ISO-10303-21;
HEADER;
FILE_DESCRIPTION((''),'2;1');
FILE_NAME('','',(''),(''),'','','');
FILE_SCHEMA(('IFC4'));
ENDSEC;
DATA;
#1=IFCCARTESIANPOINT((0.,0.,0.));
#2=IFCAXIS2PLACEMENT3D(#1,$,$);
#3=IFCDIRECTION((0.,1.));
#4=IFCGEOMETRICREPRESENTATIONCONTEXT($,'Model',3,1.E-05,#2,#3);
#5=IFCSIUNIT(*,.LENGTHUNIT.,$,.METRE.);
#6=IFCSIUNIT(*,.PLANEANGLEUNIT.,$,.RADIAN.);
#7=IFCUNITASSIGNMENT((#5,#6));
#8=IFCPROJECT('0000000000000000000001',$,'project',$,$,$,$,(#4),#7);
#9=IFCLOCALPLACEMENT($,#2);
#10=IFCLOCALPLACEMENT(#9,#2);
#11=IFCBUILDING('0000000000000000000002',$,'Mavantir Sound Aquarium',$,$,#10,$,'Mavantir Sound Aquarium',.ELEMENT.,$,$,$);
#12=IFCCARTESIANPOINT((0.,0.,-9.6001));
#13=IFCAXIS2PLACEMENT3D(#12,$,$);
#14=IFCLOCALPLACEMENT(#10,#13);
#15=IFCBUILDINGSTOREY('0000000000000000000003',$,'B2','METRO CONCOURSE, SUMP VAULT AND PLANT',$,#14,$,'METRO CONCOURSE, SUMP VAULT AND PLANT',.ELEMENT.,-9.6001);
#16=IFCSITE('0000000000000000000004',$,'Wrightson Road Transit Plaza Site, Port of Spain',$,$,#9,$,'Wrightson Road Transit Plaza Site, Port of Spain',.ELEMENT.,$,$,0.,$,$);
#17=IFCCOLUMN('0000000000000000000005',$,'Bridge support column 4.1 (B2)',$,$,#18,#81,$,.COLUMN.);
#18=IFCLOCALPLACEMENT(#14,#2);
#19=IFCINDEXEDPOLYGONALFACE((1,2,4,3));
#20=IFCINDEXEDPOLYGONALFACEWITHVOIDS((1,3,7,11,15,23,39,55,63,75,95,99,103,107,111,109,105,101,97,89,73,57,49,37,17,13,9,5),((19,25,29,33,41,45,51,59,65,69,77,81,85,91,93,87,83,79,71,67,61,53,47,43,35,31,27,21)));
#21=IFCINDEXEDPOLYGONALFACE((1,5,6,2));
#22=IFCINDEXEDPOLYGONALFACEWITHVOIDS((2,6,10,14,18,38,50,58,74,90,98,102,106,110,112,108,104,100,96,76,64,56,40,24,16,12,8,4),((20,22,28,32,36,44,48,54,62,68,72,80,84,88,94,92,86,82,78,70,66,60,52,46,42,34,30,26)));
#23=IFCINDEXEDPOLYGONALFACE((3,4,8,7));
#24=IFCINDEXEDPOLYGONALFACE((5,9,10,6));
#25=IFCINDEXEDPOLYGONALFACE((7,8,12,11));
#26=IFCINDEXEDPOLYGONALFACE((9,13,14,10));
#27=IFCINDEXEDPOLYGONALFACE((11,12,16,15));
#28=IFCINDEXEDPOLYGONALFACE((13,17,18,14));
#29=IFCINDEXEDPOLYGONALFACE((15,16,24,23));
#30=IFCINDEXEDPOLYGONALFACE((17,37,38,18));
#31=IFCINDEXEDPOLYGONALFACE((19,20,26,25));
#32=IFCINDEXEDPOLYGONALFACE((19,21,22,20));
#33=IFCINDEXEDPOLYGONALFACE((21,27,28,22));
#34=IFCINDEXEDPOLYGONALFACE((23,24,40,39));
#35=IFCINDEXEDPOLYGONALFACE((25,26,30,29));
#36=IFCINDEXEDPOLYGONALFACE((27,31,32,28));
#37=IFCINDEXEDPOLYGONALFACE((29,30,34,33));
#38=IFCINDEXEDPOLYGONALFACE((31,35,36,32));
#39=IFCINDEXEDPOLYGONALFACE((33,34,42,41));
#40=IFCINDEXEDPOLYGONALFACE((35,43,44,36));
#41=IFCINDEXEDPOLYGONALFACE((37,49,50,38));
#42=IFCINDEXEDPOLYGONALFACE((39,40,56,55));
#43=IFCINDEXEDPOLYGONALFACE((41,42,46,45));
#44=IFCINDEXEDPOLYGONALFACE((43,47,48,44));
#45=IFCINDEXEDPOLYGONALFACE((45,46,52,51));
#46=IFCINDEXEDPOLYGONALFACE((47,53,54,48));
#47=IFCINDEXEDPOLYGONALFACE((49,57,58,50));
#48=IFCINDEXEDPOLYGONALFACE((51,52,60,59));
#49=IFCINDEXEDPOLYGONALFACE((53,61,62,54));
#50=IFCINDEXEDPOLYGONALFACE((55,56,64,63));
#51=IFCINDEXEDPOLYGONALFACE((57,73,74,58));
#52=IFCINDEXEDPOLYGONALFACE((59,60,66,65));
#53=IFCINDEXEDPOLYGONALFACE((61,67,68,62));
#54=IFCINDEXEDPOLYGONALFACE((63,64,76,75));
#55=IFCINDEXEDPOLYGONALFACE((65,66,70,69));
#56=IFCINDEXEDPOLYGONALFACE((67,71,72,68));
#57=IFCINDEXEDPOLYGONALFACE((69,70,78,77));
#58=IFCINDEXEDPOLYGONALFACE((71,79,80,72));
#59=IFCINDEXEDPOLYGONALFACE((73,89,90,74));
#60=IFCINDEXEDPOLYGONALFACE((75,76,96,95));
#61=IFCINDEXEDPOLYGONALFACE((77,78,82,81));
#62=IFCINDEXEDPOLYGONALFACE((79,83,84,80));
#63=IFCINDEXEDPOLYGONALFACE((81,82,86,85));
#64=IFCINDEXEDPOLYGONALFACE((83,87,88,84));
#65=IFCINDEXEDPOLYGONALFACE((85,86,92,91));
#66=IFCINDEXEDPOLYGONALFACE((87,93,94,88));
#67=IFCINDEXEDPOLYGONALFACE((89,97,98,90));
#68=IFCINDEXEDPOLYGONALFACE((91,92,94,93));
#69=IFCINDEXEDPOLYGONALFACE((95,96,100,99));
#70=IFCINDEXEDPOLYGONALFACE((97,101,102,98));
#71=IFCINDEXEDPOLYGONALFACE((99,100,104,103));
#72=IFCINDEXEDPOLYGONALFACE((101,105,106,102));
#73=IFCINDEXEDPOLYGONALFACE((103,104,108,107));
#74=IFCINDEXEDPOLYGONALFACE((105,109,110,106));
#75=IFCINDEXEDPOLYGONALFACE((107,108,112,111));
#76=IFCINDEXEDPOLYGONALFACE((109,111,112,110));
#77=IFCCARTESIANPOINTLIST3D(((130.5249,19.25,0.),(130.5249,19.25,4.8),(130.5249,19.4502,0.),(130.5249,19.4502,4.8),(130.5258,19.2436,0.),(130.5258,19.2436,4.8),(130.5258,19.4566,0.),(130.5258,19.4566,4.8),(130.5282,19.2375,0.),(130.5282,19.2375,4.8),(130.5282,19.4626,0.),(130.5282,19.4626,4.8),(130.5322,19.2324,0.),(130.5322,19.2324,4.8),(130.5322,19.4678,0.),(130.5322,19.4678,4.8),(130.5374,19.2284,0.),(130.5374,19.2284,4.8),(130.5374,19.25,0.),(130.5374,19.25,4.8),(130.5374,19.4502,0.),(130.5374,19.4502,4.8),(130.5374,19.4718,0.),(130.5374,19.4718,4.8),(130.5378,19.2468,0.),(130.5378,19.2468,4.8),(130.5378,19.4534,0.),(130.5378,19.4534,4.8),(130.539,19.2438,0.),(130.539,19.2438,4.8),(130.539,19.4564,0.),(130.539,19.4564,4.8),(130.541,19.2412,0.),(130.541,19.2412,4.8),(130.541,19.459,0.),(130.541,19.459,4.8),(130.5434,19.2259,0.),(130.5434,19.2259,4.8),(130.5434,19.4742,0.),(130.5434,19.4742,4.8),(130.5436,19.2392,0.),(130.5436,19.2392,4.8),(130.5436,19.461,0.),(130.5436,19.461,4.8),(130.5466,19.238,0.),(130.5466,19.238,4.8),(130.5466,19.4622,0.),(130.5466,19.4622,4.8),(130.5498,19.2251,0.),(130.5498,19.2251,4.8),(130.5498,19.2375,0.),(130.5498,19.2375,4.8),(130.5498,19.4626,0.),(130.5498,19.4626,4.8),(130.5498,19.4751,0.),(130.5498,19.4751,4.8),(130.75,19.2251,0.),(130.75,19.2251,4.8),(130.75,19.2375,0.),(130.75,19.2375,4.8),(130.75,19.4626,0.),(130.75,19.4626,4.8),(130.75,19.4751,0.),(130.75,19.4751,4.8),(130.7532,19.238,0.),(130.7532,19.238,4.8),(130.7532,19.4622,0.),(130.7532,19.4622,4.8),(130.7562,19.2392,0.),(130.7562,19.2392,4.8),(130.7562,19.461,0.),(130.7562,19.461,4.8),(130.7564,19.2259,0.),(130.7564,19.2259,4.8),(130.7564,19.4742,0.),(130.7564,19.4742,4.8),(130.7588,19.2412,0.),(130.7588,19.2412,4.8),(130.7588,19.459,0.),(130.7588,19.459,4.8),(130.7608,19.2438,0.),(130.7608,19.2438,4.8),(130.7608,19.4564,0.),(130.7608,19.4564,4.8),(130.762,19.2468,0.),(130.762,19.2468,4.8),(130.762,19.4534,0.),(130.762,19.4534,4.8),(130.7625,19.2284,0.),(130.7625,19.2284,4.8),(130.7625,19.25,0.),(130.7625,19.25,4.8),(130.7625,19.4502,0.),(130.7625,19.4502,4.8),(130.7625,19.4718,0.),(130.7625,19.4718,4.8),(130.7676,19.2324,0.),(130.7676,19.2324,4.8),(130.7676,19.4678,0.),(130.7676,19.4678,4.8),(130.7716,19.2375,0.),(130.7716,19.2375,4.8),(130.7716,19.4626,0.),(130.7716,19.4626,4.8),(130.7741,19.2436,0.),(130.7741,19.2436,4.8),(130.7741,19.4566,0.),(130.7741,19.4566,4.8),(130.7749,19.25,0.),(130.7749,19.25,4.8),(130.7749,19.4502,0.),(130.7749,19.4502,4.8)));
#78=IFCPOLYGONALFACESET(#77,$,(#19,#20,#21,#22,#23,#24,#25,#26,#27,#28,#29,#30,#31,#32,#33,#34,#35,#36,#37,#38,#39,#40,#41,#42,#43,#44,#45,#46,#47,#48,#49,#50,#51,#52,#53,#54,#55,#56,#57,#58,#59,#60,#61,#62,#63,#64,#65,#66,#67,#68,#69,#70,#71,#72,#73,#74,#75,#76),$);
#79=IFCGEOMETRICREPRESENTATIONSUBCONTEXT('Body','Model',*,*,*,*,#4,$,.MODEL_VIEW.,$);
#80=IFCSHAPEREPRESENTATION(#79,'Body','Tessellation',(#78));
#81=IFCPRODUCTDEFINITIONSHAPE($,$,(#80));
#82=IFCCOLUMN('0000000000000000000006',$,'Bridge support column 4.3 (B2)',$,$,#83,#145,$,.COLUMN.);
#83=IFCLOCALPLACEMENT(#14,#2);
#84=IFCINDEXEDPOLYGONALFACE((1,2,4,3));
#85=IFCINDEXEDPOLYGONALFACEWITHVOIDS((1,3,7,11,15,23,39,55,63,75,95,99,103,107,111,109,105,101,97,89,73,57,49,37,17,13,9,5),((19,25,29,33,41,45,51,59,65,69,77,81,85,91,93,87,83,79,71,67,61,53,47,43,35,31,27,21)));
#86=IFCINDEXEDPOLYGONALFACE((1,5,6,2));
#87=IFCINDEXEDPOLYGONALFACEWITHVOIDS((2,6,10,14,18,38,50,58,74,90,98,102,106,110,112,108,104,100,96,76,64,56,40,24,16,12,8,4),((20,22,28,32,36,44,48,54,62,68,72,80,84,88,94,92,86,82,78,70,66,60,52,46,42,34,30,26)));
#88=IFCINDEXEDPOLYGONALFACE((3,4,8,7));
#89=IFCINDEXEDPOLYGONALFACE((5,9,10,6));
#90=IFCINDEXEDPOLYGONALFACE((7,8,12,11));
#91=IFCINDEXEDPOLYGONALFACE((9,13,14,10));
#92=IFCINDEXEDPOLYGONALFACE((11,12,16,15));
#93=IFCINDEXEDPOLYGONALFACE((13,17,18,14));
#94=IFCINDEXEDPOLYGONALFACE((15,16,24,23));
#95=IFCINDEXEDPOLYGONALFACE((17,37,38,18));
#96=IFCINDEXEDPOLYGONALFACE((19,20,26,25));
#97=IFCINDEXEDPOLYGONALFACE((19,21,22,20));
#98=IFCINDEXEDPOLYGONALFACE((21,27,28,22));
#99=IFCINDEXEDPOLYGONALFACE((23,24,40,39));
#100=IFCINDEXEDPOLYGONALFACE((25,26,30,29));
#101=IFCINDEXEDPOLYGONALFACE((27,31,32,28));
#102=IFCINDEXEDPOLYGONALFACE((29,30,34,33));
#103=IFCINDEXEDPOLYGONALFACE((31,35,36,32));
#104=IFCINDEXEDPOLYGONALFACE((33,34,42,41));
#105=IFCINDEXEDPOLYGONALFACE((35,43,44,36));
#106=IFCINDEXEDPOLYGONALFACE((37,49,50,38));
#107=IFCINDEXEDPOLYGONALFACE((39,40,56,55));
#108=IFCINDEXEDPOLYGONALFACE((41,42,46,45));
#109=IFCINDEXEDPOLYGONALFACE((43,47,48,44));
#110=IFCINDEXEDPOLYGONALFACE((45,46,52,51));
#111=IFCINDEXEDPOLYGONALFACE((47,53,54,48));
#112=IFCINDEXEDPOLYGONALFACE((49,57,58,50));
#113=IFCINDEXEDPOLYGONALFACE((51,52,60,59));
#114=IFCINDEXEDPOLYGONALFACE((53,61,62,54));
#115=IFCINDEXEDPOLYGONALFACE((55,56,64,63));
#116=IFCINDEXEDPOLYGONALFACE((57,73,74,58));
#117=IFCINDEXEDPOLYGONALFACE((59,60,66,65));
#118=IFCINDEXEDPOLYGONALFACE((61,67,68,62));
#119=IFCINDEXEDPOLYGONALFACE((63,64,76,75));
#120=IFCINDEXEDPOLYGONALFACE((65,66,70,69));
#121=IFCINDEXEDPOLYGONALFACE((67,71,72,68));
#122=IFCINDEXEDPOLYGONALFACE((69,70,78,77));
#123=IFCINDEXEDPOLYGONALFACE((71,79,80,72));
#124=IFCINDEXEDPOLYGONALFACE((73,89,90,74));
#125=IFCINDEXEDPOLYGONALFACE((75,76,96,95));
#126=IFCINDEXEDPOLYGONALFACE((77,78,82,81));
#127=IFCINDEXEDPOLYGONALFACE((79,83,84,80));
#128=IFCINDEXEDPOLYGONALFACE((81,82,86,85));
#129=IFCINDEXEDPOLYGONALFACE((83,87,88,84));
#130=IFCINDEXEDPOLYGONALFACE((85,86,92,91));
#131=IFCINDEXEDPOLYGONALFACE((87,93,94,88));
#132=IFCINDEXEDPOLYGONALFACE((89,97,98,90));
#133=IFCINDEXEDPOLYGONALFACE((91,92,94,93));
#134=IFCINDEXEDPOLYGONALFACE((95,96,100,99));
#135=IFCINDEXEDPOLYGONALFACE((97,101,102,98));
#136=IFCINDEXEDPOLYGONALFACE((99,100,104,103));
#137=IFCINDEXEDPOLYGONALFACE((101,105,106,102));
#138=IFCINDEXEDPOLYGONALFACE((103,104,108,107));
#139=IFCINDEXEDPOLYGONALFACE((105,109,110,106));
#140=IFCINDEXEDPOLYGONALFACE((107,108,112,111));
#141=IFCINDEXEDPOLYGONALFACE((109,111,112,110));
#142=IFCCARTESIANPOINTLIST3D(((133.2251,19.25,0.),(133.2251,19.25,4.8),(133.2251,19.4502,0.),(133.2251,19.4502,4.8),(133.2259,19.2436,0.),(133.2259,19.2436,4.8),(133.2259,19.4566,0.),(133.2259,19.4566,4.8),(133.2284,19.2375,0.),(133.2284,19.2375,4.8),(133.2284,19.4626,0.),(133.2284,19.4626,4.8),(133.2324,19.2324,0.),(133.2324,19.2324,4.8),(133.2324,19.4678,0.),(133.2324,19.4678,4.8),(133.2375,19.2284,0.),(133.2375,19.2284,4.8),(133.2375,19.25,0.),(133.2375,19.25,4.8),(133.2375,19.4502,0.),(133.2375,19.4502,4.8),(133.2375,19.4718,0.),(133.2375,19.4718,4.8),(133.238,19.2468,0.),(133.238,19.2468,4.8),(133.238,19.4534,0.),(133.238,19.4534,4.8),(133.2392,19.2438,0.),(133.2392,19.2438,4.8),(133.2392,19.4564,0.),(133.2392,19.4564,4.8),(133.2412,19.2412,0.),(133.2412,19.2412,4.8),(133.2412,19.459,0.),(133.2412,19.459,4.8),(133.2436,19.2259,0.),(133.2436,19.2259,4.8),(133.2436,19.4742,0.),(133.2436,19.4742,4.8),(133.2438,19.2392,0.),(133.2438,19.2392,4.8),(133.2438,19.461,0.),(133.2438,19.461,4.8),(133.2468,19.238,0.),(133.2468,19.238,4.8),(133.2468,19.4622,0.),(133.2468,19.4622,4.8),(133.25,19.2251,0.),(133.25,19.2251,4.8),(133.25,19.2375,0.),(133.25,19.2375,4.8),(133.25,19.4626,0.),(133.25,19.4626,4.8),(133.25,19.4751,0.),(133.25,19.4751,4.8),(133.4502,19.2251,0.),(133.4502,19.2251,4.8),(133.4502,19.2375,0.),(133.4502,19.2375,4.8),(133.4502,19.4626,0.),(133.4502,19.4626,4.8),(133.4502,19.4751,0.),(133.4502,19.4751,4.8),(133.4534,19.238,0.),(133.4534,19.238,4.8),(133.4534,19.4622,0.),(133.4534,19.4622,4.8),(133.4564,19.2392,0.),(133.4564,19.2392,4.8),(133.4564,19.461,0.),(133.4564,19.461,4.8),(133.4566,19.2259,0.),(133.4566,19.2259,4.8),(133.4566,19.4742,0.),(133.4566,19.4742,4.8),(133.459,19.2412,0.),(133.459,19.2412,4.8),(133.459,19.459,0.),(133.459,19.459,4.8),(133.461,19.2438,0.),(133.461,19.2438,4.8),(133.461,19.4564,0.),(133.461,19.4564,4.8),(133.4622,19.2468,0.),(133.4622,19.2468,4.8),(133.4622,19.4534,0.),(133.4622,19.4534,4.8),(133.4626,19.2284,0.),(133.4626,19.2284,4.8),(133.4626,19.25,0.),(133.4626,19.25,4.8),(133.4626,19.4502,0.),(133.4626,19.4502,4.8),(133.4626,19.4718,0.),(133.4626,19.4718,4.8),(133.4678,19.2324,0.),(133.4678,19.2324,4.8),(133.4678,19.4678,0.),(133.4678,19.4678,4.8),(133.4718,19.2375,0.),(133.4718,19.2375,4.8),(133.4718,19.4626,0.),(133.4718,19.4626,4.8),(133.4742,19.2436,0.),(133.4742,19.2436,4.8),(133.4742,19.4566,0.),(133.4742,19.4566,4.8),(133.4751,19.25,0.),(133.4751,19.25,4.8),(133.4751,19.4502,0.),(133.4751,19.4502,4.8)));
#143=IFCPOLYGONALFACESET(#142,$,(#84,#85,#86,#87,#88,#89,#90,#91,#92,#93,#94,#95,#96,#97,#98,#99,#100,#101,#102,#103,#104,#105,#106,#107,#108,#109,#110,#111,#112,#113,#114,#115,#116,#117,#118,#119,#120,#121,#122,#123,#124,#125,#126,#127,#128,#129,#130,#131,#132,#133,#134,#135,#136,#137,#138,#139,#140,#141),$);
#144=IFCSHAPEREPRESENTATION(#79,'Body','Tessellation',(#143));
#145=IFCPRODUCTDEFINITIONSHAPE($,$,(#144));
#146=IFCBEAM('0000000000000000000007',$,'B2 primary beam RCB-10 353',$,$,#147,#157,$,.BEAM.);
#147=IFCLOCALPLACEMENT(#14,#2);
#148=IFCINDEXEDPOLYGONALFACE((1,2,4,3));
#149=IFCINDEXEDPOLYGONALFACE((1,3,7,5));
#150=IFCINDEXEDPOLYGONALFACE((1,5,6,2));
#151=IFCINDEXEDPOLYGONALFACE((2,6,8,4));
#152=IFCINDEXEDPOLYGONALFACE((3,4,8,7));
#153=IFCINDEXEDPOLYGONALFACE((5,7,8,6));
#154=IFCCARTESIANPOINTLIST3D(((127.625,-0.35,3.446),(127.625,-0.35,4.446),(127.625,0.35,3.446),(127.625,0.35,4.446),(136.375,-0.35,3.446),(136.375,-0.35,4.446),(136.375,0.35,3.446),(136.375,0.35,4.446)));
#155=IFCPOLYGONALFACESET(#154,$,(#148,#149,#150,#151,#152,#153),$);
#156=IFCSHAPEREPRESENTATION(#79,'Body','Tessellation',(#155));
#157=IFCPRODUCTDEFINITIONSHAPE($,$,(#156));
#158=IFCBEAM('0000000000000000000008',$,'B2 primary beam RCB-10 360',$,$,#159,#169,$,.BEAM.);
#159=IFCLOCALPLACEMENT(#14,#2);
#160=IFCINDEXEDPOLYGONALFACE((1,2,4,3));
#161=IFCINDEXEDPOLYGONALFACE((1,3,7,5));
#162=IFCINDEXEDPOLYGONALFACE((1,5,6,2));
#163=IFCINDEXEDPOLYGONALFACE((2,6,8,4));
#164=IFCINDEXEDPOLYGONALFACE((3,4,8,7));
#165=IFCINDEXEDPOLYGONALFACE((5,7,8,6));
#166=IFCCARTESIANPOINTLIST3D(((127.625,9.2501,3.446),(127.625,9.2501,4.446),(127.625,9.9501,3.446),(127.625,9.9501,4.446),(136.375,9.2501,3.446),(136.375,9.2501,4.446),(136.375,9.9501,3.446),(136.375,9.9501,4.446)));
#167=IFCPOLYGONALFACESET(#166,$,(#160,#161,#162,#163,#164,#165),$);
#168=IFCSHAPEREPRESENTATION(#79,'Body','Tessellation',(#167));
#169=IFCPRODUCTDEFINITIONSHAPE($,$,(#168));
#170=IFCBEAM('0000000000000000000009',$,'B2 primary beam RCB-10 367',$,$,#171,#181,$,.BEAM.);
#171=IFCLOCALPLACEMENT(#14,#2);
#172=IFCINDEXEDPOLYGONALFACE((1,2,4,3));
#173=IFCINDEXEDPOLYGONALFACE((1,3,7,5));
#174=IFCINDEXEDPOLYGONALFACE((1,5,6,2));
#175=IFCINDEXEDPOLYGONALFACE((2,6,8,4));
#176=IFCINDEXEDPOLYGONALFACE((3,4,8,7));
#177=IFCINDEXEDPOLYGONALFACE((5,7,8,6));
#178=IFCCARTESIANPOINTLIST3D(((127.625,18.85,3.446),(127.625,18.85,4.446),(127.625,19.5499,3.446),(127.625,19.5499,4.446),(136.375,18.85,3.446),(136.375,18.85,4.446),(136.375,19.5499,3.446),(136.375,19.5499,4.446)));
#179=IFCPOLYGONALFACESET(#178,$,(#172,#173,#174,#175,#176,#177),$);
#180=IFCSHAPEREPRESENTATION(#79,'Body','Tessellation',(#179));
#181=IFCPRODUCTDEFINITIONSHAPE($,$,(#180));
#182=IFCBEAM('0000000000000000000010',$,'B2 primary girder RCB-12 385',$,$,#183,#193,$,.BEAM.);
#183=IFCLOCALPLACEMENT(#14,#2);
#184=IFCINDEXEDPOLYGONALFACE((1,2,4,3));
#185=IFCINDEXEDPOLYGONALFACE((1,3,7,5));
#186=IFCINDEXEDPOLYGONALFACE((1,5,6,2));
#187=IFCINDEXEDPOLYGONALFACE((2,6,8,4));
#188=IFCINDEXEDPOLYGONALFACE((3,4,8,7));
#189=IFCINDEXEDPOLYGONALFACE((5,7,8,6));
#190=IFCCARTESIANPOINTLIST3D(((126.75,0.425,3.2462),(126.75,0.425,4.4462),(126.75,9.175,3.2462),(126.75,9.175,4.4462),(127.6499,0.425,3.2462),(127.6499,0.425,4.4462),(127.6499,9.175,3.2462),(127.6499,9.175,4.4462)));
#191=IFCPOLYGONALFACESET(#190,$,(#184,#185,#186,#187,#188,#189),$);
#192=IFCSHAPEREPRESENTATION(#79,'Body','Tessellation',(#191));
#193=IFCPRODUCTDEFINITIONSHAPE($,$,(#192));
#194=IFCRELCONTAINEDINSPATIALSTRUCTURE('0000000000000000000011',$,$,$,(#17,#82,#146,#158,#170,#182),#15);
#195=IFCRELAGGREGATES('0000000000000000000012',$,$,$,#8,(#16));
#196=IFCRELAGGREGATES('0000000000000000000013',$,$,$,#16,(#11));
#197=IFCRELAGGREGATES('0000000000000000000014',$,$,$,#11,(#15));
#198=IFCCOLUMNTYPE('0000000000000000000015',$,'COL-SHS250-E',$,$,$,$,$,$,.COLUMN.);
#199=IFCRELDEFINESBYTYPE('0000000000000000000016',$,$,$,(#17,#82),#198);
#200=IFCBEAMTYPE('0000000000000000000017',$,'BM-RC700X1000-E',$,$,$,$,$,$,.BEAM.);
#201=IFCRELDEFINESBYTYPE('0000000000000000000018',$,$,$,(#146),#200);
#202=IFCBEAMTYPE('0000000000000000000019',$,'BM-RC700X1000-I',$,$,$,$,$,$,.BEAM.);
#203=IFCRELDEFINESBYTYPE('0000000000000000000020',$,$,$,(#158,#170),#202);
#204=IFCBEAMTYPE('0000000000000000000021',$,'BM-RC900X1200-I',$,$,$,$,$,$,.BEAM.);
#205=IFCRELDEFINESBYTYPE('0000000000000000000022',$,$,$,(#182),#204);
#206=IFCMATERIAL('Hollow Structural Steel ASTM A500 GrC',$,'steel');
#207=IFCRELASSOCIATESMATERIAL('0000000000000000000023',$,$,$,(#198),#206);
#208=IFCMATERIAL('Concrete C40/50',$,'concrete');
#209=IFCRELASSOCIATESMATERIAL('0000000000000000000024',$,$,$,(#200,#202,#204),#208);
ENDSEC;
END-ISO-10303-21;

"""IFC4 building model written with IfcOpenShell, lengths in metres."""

from ifc_helpers import new_model, si_unit, direction, frame, origin, origin_2d, place, context, subcontext, project, spatial, rectangle, hollow_rectangle, extrude, material, material_profile, profile_set, type_object, element, save


model = new_model("IFC4")

# Units and contexts
model_context = context("Model", 3, precision=1e-05, world=origin(), true_north=direction((0.0, 1.0)))
body_context = subcontext(model_context, "Body", "Model", "MODEL_VIEW")
ifc_project = project(units=[si_unit("LENGTHUNIT", "METRE"), si_unit("PLANEANGLEUNIT", "RADIAN")], contexts=[model_context])

# Site, building, storey
site_placement = place(None, origin())
site = spatial("IfcSite", under=ifc_project, at=site_placement, Name="Wrightson Road Transit Plaza Site, Port of Spain", LongName="Wrightson Road Transit Plaza Site, Port of Spain", CompositionType="ELEMENT", RefElevation=0.0)
building_placement = place(site_placement, origin())
building = spatial("IfcBuilding", under=site, at=building_placement, Name="Mavantir Sound Aquarium", LongName="Mavantir Sound Aquarium", CompositionType="ELEMENT")
storey_placement = place(building_placement, frame((0.0, 0.0, -9.6001)))
storey = spatial("IfcBuildingStorey", under=building, at=storey_placement, Name="B2", Description="METRO CONCOURSE, SUMP VAULT AND PLANT", LongName="METRO CONCOURSE, SUMP VAULT AND PLANT", CompositionType="ELEMENT", Elevation=-9.6001)

# Shared definitions
ifc_material_1 = material(Name="Concrete C40/50", Category="concrete")

# Columns
ifc_material_2 = material(Name="Hollow Structural Steel ASTM A500 GrC", Category="steel")
ifc_material_profile_1 = material_profile(ifc_material_2, hollow_rectangle(XDim=0.25, YDim=0.25, WallThickness=0.0125, InnerFilletRadius=0.0125, OuterFilletRadius=0.0249, at=origin_2d()), Name="SHS 250X250X12.5")
ifc_profile_set_1 = profile_set([ifc_material_profile_1], Name="Hollow Structural Steel ASTM A500 GrC")
column_type_1 = type_object("IfcColumnType", Name="COL-SHS250-E", PredefinedType="COLUMN", material=ifc_profile_set_1)
for number, where, z_axis, x_axis, name in (
    (1, (130.6499, 19.3501, 0.0), (0.0, 0.0, 1.0), (1.0, 0.0, 0.0), "Bridge support column 4.1 (B2)"),
    (2, (133.3501, 19.3501, 0.0), (0.0, 0.0, 1.0), (1.0, 0.0, 0.0), "Bridge support column 4.3 (B2)"),
):
    element("IfcColumn", number, at=place(storey_placement, frame(where, z_axis=z_axis, x_axis=x_axis)), inside=storey, type_object=column_type_1, Name=name, PredefinedType="COLUMN", context=body_context, shape_type="SweptSolid", body=[
        extrude(hollow_rectangle(XDim=0.25, YDim=0.25, WallThickness=0.0125, InnerFilletRadius=0.0125, OuterFilletRadius=0.0249, at=origin_2d()), origin(), (0.0, 0.0, 1.0), 4.8),
    ])

# Beams
ifc_material_profile_2 = material_profile(ifc_material_1, rectangle(XDim=0.7, YDim=1.0, at=origin_2d()), Name="RC 700X1000")
ifc_profile_set_2 = profile_set([ifc_material_profile_2], Name="Concrete C40/50")
beam_type_1 = type_object("IfcBeamType", Name="BM-RC700X1000-E", PredefinedType="BEAM", material=ifc_profile_set_2)
beam_1_placement = place(storey_placement, frame((127.625, 0.0, 3.946), z_axis=(1.0, 0.0, 0.0), x_axis=(0.0, 1.0, 0.0)))
element("IfcBeam", 3, at=beam_1_placement, inside=storey, type_object=beam_type_1, Name="B2 primary beam RCB-10 353", PredefinedType="BEAM", context=body_context, shape_type="SweptSolid", body=[
    extrude(rectangle(XDim=0.7, YDim=1.0, at=origin_2d()), origin(), (0.0, 0.0, 1.0), 8.75),
])
ifc_material_profile_3 = material_profile(ifc_material_1, rectangle(XDim=0.7, YDim=1.0, at=origin_2d()), Name="RC 700X1000")
ifc_profile_set_3 = profile_set([ifc_material_profile_3], Name="Concrete C40/50")
beam_type_2 = type_object("IfcBeamType", Name="BM-RC700X1000-I", PredefinedType="BEAM", material=ifc_profile_set_3)
for number, where, z_axis, x_axis, name in (
    (4, (127.625, 9.6001, 3.946), (1.0, 0.0, 0.0), (0.0, 1.0, 0.0), "B2 primary beam RCB-10 360"),
    (5, (127.625, 19.2, 3.946), (1.0, 0.0, 0.0), (0.0, 1.0, 0.0), "B2 primary beam RCB-10 367"),
):
    element("IfcBeam", number, at=place(storey_placement, frame(where, z_axis=z_axis, x_axis=x_axis)), inside=storey, type_object=beam_type_2, Name=name, PredefinedType="BEAM", context=body_context, shape_type="SweptSolid", body=[
        extrude(rectangle(XDim=0.7, YDim=1.0, at=origin_2d()), origin(), (0.0, 0.0, 1.0), 8.75),
    ])
ifc_material_profile_4 = material_profile(ifc_material_1, rectangle(XDim=0.8999, YDim=1.2, at=origin_2d()), Name="RC 900X1200")
ifc_profile_set_4 = profile_set([ifc_material_profile_4], Name="Concrete C40/50")
beam_type_3 = type_object("IfcBeamType", Name="BM-RC900X1200-I", PredefinedType="BEAM", material=ifc_profile_set_4)
for number, where, z_axis, x_axis, name in (
    (6, (127.2, 0.425, 3.8462), (0.0, 1.0, 0.0), (-1.0, 0.0, 0.0), "B2 primary girder RCB-12 385"),
):
    element("IfcBeam", number, at=place(storey_placement, frame(where, z_axis=z_axis, x_axis=x_axis)), inside=storey, type_object=beam_type_3, Name=name, PredefinedType="BEAM", context=body_context, shape_type="SweptSolid", body=[
        extrude(rectangle(XDim=0.8999, YDim=1.2, at=origin_2d()), origin(), (0.0, 0.0, 1.0), 8.75),
    ])

save(model, "model.ifc")
